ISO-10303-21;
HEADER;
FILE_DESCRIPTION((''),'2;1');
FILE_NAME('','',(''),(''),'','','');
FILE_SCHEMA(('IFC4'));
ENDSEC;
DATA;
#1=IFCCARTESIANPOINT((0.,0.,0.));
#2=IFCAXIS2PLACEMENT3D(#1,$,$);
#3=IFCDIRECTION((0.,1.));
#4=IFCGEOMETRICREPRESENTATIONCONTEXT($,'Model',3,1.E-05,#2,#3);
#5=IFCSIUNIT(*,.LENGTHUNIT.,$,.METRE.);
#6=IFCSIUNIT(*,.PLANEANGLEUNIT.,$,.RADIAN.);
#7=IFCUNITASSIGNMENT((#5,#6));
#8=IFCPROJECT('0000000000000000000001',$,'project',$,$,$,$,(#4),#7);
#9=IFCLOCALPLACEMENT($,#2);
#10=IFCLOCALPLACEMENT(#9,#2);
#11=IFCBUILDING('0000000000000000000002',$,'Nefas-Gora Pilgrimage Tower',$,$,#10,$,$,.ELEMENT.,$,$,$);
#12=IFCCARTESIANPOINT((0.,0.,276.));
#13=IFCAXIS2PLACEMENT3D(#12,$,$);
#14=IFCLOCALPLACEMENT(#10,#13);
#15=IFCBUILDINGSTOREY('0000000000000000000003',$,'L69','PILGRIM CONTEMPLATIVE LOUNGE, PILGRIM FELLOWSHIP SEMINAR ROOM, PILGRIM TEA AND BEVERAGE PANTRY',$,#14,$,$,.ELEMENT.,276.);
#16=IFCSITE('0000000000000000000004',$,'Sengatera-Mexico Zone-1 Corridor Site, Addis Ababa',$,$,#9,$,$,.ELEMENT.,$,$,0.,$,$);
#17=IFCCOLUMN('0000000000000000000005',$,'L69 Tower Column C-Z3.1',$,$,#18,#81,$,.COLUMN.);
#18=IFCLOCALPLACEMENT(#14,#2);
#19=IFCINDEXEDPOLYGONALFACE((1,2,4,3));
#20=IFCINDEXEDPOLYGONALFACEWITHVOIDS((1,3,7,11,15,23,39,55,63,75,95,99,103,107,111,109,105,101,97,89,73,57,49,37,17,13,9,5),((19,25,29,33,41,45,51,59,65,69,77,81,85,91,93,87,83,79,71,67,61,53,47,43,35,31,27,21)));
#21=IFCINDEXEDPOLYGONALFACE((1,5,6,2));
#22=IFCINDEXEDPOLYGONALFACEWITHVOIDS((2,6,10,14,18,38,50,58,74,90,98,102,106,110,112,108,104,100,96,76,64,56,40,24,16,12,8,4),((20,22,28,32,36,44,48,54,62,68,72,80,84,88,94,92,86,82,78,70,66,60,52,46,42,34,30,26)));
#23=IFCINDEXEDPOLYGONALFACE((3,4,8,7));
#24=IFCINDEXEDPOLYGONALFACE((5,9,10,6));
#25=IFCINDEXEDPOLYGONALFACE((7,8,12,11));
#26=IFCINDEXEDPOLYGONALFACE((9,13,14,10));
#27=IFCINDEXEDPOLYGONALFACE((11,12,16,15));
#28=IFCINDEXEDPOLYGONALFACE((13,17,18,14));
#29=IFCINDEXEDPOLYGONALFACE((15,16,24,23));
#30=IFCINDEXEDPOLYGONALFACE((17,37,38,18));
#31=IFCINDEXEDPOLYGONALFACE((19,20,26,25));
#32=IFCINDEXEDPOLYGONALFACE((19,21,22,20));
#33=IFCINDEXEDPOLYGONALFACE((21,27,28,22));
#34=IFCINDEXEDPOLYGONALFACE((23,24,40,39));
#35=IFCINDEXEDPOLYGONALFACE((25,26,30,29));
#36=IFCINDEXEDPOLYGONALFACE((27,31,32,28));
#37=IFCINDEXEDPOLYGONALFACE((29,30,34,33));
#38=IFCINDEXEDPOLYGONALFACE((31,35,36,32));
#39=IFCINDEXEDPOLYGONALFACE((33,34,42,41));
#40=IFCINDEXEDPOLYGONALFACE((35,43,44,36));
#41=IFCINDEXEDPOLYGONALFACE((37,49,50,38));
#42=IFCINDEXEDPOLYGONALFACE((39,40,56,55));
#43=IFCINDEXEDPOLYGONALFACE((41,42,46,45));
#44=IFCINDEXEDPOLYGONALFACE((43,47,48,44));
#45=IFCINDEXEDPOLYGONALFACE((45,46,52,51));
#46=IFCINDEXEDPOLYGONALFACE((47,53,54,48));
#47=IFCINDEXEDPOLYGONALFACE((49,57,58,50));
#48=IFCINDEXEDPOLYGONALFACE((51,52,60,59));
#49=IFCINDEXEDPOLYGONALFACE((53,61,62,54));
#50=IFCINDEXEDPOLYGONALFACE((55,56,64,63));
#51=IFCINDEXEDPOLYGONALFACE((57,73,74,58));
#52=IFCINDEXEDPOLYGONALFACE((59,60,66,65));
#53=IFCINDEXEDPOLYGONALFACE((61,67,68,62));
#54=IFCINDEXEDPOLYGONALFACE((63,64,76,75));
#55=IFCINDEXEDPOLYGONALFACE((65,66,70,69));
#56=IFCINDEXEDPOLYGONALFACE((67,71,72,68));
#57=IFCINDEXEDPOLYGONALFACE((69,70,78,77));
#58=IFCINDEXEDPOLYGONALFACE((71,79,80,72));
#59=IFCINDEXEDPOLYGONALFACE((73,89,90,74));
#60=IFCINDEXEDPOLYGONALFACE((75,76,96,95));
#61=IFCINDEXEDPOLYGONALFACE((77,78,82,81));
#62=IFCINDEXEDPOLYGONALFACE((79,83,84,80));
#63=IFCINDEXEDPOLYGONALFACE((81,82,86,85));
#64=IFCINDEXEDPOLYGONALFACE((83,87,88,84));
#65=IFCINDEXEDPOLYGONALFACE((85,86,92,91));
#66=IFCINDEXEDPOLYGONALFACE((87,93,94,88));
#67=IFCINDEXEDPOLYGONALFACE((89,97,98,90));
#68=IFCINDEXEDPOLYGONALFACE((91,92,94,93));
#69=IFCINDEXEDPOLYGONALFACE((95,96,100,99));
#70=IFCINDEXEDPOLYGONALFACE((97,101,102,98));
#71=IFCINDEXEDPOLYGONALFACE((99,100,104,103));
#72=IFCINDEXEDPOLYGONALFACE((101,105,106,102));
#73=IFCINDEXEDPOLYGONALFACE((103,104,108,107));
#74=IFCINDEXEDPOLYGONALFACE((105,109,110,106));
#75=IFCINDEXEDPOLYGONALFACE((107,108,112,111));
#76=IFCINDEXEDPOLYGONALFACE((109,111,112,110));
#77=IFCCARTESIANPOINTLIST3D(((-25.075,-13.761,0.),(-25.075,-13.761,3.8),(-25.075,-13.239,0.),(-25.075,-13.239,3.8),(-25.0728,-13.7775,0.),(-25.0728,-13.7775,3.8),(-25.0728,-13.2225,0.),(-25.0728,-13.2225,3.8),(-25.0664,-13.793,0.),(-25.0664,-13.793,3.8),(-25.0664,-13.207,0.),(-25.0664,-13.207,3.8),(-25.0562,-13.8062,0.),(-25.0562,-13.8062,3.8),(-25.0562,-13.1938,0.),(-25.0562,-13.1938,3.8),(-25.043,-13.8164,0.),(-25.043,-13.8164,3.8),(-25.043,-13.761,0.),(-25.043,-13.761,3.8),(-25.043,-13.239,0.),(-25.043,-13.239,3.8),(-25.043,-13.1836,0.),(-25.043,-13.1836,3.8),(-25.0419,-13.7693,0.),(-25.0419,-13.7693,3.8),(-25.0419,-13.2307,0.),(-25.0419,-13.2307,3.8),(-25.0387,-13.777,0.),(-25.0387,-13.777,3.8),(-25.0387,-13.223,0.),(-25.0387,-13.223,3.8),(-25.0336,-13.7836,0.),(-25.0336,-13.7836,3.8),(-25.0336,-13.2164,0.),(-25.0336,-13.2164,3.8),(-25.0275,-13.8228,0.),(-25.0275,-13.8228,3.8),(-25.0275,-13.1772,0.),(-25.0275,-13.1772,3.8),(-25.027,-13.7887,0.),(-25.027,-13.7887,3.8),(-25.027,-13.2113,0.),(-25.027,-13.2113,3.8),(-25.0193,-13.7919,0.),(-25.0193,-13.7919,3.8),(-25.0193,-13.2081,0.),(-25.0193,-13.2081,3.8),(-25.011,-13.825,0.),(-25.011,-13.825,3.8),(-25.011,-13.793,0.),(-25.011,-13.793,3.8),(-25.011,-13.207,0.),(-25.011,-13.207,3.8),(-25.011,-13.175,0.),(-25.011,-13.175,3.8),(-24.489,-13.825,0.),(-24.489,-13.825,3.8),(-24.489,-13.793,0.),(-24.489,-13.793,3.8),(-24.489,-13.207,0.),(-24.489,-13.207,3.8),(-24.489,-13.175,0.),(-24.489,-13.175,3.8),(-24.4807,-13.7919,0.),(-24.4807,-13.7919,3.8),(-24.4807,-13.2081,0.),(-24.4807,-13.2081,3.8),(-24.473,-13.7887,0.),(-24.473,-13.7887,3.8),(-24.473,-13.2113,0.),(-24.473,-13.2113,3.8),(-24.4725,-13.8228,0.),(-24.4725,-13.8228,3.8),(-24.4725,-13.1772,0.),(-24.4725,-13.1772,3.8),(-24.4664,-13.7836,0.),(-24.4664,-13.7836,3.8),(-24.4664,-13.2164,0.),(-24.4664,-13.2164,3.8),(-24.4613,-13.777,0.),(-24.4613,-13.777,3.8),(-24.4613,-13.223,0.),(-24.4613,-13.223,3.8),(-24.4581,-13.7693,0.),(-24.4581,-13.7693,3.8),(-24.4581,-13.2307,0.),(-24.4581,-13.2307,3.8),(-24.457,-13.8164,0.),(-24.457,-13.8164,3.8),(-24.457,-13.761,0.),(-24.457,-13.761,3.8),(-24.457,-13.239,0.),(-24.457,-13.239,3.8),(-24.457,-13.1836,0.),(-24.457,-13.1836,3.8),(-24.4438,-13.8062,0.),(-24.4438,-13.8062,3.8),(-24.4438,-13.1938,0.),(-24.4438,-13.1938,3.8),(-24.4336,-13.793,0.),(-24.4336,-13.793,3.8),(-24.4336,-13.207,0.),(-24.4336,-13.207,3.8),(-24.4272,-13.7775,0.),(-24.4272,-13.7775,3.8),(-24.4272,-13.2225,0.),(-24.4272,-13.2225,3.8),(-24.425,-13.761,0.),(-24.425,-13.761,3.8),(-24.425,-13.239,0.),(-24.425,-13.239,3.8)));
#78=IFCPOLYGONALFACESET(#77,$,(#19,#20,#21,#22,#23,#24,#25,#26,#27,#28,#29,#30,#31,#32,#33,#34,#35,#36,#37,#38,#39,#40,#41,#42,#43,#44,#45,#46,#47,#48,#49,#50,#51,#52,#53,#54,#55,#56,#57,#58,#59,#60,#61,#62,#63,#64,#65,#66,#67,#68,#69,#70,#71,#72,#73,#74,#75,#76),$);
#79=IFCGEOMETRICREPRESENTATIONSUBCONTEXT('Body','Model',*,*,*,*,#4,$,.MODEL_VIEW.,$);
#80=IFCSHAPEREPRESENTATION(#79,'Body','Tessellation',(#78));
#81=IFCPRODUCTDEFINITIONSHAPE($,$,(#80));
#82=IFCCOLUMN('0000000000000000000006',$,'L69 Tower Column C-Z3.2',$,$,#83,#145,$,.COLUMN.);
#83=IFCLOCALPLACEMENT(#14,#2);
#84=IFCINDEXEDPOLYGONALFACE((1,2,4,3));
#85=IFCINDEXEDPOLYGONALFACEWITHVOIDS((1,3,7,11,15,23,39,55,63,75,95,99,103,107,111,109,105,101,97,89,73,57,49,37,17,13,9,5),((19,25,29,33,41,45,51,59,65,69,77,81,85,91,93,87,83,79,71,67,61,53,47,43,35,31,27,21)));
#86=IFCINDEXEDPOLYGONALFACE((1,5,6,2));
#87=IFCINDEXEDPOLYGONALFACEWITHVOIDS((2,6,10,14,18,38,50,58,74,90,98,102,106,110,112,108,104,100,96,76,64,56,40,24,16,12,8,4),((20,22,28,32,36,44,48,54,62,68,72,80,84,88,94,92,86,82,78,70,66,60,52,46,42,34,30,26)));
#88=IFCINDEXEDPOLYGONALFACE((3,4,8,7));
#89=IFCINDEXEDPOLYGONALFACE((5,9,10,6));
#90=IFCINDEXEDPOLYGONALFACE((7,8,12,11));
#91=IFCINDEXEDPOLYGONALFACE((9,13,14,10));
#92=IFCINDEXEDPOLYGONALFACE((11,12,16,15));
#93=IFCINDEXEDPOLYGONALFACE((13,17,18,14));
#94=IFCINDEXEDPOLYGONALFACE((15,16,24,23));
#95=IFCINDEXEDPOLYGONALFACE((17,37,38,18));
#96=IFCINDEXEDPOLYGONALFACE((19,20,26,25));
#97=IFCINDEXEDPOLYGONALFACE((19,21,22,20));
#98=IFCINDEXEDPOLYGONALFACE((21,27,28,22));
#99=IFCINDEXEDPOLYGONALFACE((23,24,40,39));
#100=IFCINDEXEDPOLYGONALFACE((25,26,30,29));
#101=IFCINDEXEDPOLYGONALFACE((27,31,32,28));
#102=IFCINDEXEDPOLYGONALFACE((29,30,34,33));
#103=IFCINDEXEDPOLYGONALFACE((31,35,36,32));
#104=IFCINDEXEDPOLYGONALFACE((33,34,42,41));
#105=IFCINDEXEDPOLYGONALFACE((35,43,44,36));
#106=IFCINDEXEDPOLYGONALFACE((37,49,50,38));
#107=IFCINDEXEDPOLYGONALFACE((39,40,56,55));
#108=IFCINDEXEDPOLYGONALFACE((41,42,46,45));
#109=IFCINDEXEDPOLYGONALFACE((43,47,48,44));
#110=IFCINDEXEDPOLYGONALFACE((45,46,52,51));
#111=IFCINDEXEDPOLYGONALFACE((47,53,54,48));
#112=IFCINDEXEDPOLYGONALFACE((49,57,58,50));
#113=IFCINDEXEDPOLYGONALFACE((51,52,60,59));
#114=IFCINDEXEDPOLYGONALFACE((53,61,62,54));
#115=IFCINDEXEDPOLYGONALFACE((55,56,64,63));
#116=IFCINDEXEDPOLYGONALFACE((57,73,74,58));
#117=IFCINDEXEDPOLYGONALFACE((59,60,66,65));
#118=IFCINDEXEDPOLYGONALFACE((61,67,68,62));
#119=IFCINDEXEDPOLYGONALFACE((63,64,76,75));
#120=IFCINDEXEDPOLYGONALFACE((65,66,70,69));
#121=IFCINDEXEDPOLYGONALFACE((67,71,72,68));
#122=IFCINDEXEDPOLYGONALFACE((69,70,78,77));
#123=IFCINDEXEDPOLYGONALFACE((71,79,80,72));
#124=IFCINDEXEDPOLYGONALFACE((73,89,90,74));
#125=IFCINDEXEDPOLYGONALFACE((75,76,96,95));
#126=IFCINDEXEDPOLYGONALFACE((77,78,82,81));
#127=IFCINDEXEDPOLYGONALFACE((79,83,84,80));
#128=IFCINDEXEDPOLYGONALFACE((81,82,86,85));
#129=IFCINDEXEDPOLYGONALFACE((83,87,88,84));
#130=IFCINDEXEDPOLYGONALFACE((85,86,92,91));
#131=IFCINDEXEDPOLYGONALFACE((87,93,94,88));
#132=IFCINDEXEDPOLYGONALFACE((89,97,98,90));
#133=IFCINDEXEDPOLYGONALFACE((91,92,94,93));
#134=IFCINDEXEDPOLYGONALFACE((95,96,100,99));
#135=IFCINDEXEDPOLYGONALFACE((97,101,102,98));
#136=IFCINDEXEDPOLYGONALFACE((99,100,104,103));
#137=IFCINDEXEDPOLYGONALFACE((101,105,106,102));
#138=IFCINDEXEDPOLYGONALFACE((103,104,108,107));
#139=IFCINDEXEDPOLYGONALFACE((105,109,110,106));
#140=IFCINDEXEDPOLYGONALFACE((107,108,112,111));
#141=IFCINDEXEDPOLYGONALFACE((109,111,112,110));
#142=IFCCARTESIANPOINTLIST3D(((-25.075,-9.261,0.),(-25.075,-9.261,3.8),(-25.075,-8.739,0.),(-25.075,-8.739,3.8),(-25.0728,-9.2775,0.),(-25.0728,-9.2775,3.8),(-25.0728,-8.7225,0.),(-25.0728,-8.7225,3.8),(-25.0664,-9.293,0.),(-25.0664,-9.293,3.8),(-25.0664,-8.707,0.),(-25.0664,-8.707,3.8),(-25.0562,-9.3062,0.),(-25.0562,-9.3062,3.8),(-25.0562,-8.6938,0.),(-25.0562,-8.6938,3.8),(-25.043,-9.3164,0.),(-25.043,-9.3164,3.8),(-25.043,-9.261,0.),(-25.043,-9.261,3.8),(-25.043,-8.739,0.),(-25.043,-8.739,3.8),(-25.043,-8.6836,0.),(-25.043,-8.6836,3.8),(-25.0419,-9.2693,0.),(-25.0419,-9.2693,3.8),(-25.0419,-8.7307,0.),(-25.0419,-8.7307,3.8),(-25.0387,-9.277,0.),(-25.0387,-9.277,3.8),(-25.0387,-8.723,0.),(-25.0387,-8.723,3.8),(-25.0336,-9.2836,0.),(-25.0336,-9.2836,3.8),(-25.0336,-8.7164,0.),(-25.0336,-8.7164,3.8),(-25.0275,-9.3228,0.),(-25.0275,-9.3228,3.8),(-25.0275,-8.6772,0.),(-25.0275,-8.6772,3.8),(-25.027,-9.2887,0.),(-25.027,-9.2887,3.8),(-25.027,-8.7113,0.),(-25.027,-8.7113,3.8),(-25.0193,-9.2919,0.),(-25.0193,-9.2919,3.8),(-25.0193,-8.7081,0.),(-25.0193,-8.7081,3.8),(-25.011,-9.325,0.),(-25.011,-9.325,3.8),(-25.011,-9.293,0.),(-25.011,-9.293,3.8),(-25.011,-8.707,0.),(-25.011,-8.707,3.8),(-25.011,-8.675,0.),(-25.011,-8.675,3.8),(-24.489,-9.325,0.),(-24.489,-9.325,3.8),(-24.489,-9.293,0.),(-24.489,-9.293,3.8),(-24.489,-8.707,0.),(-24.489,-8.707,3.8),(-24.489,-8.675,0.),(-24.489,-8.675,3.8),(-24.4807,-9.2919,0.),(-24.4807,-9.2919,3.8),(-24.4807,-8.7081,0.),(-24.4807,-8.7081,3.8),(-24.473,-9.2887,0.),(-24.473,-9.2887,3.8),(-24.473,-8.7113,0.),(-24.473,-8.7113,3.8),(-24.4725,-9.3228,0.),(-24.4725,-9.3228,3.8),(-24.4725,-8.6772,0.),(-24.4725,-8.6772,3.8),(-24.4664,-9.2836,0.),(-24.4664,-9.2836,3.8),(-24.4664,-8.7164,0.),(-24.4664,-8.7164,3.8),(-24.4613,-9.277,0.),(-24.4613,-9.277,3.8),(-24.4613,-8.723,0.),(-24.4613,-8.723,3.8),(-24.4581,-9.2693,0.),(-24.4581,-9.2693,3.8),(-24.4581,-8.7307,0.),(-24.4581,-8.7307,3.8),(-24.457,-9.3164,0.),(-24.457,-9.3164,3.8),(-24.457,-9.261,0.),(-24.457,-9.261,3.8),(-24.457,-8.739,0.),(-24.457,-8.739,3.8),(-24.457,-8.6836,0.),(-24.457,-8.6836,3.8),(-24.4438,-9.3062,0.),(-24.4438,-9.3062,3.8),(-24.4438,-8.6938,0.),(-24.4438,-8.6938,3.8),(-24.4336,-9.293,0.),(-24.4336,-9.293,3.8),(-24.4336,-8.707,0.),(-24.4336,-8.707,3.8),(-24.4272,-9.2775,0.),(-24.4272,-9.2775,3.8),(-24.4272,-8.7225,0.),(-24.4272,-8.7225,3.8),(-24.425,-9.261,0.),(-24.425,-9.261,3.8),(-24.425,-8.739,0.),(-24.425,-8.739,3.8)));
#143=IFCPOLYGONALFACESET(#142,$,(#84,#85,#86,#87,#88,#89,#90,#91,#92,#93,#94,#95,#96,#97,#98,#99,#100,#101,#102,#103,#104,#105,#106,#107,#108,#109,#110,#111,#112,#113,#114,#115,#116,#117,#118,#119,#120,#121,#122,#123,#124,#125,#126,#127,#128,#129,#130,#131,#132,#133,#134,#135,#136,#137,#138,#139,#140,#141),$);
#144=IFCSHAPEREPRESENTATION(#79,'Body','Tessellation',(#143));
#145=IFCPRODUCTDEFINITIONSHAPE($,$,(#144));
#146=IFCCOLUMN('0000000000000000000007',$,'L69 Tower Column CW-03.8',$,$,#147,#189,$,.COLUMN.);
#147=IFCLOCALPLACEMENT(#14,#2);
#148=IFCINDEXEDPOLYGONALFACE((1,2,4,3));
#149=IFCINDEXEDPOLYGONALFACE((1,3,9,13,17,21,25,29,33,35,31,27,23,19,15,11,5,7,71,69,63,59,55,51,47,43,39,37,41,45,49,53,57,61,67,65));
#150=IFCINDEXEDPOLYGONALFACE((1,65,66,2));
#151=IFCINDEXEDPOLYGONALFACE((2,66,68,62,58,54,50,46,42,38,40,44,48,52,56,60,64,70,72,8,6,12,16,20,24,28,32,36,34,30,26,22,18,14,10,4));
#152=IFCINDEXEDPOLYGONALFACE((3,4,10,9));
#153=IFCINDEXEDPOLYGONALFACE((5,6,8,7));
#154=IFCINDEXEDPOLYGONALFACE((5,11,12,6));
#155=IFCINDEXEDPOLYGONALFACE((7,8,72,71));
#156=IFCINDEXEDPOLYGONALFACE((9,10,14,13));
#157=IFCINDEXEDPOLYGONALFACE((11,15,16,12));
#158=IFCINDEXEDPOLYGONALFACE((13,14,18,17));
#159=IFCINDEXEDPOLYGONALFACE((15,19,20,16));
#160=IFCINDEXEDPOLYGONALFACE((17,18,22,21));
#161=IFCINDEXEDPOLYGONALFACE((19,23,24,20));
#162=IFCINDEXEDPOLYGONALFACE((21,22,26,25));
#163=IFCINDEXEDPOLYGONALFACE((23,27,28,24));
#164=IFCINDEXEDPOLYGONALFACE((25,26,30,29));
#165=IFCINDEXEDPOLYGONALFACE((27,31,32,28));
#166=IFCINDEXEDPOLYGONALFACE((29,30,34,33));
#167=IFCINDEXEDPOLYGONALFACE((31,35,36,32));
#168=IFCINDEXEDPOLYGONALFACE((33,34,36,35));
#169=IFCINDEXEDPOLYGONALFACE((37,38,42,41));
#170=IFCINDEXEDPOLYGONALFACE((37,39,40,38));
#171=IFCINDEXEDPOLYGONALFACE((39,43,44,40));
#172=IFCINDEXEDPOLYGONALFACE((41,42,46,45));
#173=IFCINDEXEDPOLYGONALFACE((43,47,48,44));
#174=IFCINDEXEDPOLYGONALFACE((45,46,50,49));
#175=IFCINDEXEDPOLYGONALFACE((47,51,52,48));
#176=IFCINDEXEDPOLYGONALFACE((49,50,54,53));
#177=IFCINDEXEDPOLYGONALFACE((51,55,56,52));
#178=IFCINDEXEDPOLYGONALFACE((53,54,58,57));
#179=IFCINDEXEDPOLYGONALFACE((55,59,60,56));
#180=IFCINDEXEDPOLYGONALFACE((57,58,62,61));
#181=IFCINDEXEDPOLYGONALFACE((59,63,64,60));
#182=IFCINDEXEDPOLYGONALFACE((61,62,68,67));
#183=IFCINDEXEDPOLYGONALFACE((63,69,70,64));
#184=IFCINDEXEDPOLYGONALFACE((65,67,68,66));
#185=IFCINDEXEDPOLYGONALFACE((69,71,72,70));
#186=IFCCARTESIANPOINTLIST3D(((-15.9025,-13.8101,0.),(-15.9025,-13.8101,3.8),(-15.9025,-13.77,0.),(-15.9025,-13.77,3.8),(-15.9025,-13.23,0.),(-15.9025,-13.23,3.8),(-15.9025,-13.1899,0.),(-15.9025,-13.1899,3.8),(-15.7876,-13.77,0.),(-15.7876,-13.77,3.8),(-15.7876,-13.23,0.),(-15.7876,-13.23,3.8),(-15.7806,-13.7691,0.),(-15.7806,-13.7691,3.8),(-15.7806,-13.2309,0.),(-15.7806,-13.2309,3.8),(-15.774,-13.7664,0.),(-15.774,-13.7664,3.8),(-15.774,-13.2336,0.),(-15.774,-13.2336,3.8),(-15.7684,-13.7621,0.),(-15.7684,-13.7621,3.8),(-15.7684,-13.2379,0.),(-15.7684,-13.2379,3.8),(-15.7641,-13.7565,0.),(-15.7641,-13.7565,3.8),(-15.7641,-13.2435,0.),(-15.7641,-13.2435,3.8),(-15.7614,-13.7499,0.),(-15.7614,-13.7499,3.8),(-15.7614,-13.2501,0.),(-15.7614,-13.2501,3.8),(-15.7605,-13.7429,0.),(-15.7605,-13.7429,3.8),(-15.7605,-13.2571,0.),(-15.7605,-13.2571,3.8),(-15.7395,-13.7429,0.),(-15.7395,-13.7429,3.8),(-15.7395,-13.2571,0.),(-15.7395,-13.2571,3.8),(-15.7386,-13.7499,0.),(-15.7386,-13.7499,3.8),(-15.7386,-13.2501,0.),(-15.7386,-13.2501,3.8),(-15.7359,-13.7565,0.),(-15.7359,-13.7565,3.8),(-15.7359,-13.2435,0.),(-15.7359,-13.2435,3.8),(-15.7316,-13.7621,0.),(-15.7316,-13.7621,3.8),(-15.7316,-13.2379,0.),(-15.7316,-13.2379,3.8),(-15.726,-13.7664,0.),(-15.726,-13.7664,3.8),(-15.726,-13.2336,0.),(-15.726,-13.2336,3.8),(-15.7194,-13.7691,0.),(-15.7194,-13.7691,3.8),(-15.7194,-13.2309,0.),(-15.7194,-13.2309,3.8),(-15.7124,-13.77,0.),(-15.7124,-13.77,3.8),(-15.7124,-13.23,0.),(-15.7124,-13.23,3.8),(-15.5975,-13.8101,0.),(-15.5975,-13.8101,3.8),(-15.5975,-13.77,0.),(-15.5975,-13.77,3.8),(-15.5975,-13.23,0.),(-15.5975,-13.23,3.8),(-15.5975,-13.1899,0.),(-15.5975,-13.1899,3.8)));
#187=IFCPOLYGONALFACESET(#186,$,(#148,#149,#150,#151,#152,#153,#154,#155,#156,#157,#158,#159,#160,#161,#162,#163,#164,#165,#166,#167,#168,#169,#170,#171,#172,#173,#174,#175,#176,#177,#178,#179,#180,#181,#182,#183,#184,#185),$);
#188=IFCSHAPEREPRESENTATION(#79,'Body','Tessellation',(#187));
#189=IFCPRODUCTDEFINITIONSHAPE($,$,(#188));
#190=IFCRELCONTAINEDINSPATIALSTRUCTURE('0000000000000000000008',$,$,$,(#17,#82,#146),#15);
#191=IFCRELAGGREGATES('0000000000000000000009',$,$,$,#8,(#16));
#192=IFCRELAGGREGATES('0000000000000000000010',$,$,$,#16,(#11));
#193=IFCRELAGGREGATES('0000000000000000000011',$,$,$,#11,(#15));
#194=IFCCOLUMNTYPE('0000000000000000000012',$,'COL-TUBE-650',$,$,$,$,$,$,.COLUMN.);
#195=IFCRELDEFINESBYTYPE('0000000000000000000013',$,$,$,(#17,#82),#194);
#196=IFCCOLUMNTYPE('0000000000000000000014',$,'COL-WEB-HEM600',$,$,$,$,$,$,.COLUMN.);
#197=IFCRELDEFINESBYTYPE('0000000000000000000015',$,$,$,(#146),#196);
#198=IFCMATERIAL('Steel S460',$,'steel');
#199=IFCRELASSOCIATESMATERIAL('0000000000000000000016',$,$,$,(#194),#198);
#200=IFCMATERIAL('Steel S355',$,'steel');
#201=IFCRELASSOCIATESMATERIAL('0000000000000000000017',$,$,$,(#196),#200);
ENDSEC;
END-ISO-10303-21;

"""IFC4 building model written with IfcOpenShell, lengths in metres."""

from ifc_helpers import new_model, si_unit, direction, frame, origin, origin_2d, place, context, subcontext, project, spatial, hollow_rectangle, i_section, extrude, source, transform, mapped, material, material_profile, profile_set, type_object, element, save


model = new_model("IFC4")

# Units and contexts
model_context = context("Model", 3, precision=1e-05, world=origin(), true_north=direction((0.0, 1.0)))
body_context = subcontext(model_context, "Body", "Model", "MODEL_VIEW")
ifc_project = project(units=[si_unit("LENGTHUNIT", "METRE"), si_unit("PLANEANGLEUNIT", "RADIAN")], contexts=[model_context])

# Site, building, storey
site_placement = place(None, origin())
site = spatial("IfcSite", under=ifc_project, at=site_placement, Name="Sengatera-Mexico Zone-1 Corridor Site, Addis Ababa", CompositionType="ELEMENT", RefElevation=0.0)
building_placement = place(site_placement, origin())
building = spatial("IfcBuilding", under=site, at=building_placement, Name="Nefas-Gora Pilgrimage Tower", CompositionType="ELEMENT")
storey_placement = place(building_placement, frame((0.0, 0.0, 276.0)))
storey = spatial("IfcBuildingStorey", under=building, at=storey_placement, Name="L69", Description="PILGRIM CONTEMPLATIVE LOUNGE, PILGRIM FELLOWSHIP SEMINAR ROOM, PILGRIM TEA AND BEVERAGE PANTRY", CompositionType="ELEMENT", Elevation=276.0)

# Columns
ifc_material_1 = material(Name="Steel S460", Category="steel")
ifc_material_profile_1 = material_profile(ifc_material_1, hollow_rectangle(XDim=0.6499, YDim=0.6499, WallThickness=0.032, InnerFilletRadius=0.032, OuterFilletRadius=0.064, at=origin_2d()), Name="BOX 650x650x32")
ifc_profile_set_1 = profile_set([ifc_material_profile_1], Name="Steel S460")
column_type_1 = type_object("IfcColumnType", Name="COL-TUBE-650", PredefinedType="COLUMN", material=ifc_profile_set_1)
shared_shape_1 = source(origin(), body_context, "Body", "SweptSolid", [
    extrude(hollow_rectangle(XDim=0.6499, YDim=0.6499, WallThickness=0.032, InnerFilletRadius=0.032, OuterFilletRadius=0.064, at=origin_2d()), origin(), (0.0, 0.0, 1.0), 3.8),
])
for number, where, z_axis, x_axis, name in (
    (1, (-24.75, -13.5, 0.0), (0.0, 0.0, 1.0), (1.0, 0.0, 0.0), "L69 Tower Column C-Z3.1"),
    (2, (-24.75, -9.0, 0.0), (0.0, 0.0, 1.0), (1.0, 0.0, 0.0), "L69 Tower Column C-Z3.2"),
):
    element("IfcColumn", number, at=place(storey_placement, frame(where, z_axis=z_axis, x_axis=x_axis)), inside=storey, type_object=column_type_1, Name=name, PredefinedType="COLUMN", context=body_context, shape_type="MappedRepresentation", body=[
        mapped(shared_shape_1, transform((0.0, 0.0, 0.0), x_axis=(1.0, 0.0, 0.0), y_axis=(0.0, 1.0, 0.0), z_axis=(0.0, 0.0, 1.0), scale=1.0)),
    ])
ifc_material_2 = material(Name="Steel S355", Category="steel")
ifc_material_profile_2 = material_profile(ifc_material_2, i_section(OverallWidth=0.3049, OverallDepth=0.6201, WebThickness=0.021, FlangeThickness=0.04, FilletRadius=0.0271, at=origin_2d()), Name="HEM 600")
ifc_profile_set_2 = profile_set([ifc_material_profile_2], Name="Steel S355")
column_type_2 = type_object("IfcColumnType", Name="COL-WEB-HEM600", PredefinedType="COLUMN", material=ifc_profile_set_2)
shared_shape_2 = source(origin(), body_context, "Body", "SweptSolid", [
    extrude(i_section(OverallWidth=0.3049, OverallDepth=0.6201, WebThickness=0.021, FlangeThickness=0.04, FilletRadius=0.0271, at=origin_2d()), origin(), (0.0, 0.0, 1.0), 3.8),
])
column_placement = place(storey_placement, frame((-15.75, -13.5, 0.0), z_axis=(0.0, 0.0, 1.0), x_axis=(1.0, 0.0, 0.0)))
element("IfcColumn", 3, at=column_placement, inside=storey, type_object=column_type_2, Name="L69 Tower Column CW-03.8", PredefinedType="COLUMN", context=body_context, shape_type="MappedRepresentation", body=[
    mapped(shared_shape_2, transform((0.0, 0.0, 0.0), x_axis=(1.0, 0.0, 0.0), y_axis=(0.0, 1.0, 0.0), z_axis=(0.0, 0.0, 1.0), scale=1.0)),
])

save(model, "model.ifc")
